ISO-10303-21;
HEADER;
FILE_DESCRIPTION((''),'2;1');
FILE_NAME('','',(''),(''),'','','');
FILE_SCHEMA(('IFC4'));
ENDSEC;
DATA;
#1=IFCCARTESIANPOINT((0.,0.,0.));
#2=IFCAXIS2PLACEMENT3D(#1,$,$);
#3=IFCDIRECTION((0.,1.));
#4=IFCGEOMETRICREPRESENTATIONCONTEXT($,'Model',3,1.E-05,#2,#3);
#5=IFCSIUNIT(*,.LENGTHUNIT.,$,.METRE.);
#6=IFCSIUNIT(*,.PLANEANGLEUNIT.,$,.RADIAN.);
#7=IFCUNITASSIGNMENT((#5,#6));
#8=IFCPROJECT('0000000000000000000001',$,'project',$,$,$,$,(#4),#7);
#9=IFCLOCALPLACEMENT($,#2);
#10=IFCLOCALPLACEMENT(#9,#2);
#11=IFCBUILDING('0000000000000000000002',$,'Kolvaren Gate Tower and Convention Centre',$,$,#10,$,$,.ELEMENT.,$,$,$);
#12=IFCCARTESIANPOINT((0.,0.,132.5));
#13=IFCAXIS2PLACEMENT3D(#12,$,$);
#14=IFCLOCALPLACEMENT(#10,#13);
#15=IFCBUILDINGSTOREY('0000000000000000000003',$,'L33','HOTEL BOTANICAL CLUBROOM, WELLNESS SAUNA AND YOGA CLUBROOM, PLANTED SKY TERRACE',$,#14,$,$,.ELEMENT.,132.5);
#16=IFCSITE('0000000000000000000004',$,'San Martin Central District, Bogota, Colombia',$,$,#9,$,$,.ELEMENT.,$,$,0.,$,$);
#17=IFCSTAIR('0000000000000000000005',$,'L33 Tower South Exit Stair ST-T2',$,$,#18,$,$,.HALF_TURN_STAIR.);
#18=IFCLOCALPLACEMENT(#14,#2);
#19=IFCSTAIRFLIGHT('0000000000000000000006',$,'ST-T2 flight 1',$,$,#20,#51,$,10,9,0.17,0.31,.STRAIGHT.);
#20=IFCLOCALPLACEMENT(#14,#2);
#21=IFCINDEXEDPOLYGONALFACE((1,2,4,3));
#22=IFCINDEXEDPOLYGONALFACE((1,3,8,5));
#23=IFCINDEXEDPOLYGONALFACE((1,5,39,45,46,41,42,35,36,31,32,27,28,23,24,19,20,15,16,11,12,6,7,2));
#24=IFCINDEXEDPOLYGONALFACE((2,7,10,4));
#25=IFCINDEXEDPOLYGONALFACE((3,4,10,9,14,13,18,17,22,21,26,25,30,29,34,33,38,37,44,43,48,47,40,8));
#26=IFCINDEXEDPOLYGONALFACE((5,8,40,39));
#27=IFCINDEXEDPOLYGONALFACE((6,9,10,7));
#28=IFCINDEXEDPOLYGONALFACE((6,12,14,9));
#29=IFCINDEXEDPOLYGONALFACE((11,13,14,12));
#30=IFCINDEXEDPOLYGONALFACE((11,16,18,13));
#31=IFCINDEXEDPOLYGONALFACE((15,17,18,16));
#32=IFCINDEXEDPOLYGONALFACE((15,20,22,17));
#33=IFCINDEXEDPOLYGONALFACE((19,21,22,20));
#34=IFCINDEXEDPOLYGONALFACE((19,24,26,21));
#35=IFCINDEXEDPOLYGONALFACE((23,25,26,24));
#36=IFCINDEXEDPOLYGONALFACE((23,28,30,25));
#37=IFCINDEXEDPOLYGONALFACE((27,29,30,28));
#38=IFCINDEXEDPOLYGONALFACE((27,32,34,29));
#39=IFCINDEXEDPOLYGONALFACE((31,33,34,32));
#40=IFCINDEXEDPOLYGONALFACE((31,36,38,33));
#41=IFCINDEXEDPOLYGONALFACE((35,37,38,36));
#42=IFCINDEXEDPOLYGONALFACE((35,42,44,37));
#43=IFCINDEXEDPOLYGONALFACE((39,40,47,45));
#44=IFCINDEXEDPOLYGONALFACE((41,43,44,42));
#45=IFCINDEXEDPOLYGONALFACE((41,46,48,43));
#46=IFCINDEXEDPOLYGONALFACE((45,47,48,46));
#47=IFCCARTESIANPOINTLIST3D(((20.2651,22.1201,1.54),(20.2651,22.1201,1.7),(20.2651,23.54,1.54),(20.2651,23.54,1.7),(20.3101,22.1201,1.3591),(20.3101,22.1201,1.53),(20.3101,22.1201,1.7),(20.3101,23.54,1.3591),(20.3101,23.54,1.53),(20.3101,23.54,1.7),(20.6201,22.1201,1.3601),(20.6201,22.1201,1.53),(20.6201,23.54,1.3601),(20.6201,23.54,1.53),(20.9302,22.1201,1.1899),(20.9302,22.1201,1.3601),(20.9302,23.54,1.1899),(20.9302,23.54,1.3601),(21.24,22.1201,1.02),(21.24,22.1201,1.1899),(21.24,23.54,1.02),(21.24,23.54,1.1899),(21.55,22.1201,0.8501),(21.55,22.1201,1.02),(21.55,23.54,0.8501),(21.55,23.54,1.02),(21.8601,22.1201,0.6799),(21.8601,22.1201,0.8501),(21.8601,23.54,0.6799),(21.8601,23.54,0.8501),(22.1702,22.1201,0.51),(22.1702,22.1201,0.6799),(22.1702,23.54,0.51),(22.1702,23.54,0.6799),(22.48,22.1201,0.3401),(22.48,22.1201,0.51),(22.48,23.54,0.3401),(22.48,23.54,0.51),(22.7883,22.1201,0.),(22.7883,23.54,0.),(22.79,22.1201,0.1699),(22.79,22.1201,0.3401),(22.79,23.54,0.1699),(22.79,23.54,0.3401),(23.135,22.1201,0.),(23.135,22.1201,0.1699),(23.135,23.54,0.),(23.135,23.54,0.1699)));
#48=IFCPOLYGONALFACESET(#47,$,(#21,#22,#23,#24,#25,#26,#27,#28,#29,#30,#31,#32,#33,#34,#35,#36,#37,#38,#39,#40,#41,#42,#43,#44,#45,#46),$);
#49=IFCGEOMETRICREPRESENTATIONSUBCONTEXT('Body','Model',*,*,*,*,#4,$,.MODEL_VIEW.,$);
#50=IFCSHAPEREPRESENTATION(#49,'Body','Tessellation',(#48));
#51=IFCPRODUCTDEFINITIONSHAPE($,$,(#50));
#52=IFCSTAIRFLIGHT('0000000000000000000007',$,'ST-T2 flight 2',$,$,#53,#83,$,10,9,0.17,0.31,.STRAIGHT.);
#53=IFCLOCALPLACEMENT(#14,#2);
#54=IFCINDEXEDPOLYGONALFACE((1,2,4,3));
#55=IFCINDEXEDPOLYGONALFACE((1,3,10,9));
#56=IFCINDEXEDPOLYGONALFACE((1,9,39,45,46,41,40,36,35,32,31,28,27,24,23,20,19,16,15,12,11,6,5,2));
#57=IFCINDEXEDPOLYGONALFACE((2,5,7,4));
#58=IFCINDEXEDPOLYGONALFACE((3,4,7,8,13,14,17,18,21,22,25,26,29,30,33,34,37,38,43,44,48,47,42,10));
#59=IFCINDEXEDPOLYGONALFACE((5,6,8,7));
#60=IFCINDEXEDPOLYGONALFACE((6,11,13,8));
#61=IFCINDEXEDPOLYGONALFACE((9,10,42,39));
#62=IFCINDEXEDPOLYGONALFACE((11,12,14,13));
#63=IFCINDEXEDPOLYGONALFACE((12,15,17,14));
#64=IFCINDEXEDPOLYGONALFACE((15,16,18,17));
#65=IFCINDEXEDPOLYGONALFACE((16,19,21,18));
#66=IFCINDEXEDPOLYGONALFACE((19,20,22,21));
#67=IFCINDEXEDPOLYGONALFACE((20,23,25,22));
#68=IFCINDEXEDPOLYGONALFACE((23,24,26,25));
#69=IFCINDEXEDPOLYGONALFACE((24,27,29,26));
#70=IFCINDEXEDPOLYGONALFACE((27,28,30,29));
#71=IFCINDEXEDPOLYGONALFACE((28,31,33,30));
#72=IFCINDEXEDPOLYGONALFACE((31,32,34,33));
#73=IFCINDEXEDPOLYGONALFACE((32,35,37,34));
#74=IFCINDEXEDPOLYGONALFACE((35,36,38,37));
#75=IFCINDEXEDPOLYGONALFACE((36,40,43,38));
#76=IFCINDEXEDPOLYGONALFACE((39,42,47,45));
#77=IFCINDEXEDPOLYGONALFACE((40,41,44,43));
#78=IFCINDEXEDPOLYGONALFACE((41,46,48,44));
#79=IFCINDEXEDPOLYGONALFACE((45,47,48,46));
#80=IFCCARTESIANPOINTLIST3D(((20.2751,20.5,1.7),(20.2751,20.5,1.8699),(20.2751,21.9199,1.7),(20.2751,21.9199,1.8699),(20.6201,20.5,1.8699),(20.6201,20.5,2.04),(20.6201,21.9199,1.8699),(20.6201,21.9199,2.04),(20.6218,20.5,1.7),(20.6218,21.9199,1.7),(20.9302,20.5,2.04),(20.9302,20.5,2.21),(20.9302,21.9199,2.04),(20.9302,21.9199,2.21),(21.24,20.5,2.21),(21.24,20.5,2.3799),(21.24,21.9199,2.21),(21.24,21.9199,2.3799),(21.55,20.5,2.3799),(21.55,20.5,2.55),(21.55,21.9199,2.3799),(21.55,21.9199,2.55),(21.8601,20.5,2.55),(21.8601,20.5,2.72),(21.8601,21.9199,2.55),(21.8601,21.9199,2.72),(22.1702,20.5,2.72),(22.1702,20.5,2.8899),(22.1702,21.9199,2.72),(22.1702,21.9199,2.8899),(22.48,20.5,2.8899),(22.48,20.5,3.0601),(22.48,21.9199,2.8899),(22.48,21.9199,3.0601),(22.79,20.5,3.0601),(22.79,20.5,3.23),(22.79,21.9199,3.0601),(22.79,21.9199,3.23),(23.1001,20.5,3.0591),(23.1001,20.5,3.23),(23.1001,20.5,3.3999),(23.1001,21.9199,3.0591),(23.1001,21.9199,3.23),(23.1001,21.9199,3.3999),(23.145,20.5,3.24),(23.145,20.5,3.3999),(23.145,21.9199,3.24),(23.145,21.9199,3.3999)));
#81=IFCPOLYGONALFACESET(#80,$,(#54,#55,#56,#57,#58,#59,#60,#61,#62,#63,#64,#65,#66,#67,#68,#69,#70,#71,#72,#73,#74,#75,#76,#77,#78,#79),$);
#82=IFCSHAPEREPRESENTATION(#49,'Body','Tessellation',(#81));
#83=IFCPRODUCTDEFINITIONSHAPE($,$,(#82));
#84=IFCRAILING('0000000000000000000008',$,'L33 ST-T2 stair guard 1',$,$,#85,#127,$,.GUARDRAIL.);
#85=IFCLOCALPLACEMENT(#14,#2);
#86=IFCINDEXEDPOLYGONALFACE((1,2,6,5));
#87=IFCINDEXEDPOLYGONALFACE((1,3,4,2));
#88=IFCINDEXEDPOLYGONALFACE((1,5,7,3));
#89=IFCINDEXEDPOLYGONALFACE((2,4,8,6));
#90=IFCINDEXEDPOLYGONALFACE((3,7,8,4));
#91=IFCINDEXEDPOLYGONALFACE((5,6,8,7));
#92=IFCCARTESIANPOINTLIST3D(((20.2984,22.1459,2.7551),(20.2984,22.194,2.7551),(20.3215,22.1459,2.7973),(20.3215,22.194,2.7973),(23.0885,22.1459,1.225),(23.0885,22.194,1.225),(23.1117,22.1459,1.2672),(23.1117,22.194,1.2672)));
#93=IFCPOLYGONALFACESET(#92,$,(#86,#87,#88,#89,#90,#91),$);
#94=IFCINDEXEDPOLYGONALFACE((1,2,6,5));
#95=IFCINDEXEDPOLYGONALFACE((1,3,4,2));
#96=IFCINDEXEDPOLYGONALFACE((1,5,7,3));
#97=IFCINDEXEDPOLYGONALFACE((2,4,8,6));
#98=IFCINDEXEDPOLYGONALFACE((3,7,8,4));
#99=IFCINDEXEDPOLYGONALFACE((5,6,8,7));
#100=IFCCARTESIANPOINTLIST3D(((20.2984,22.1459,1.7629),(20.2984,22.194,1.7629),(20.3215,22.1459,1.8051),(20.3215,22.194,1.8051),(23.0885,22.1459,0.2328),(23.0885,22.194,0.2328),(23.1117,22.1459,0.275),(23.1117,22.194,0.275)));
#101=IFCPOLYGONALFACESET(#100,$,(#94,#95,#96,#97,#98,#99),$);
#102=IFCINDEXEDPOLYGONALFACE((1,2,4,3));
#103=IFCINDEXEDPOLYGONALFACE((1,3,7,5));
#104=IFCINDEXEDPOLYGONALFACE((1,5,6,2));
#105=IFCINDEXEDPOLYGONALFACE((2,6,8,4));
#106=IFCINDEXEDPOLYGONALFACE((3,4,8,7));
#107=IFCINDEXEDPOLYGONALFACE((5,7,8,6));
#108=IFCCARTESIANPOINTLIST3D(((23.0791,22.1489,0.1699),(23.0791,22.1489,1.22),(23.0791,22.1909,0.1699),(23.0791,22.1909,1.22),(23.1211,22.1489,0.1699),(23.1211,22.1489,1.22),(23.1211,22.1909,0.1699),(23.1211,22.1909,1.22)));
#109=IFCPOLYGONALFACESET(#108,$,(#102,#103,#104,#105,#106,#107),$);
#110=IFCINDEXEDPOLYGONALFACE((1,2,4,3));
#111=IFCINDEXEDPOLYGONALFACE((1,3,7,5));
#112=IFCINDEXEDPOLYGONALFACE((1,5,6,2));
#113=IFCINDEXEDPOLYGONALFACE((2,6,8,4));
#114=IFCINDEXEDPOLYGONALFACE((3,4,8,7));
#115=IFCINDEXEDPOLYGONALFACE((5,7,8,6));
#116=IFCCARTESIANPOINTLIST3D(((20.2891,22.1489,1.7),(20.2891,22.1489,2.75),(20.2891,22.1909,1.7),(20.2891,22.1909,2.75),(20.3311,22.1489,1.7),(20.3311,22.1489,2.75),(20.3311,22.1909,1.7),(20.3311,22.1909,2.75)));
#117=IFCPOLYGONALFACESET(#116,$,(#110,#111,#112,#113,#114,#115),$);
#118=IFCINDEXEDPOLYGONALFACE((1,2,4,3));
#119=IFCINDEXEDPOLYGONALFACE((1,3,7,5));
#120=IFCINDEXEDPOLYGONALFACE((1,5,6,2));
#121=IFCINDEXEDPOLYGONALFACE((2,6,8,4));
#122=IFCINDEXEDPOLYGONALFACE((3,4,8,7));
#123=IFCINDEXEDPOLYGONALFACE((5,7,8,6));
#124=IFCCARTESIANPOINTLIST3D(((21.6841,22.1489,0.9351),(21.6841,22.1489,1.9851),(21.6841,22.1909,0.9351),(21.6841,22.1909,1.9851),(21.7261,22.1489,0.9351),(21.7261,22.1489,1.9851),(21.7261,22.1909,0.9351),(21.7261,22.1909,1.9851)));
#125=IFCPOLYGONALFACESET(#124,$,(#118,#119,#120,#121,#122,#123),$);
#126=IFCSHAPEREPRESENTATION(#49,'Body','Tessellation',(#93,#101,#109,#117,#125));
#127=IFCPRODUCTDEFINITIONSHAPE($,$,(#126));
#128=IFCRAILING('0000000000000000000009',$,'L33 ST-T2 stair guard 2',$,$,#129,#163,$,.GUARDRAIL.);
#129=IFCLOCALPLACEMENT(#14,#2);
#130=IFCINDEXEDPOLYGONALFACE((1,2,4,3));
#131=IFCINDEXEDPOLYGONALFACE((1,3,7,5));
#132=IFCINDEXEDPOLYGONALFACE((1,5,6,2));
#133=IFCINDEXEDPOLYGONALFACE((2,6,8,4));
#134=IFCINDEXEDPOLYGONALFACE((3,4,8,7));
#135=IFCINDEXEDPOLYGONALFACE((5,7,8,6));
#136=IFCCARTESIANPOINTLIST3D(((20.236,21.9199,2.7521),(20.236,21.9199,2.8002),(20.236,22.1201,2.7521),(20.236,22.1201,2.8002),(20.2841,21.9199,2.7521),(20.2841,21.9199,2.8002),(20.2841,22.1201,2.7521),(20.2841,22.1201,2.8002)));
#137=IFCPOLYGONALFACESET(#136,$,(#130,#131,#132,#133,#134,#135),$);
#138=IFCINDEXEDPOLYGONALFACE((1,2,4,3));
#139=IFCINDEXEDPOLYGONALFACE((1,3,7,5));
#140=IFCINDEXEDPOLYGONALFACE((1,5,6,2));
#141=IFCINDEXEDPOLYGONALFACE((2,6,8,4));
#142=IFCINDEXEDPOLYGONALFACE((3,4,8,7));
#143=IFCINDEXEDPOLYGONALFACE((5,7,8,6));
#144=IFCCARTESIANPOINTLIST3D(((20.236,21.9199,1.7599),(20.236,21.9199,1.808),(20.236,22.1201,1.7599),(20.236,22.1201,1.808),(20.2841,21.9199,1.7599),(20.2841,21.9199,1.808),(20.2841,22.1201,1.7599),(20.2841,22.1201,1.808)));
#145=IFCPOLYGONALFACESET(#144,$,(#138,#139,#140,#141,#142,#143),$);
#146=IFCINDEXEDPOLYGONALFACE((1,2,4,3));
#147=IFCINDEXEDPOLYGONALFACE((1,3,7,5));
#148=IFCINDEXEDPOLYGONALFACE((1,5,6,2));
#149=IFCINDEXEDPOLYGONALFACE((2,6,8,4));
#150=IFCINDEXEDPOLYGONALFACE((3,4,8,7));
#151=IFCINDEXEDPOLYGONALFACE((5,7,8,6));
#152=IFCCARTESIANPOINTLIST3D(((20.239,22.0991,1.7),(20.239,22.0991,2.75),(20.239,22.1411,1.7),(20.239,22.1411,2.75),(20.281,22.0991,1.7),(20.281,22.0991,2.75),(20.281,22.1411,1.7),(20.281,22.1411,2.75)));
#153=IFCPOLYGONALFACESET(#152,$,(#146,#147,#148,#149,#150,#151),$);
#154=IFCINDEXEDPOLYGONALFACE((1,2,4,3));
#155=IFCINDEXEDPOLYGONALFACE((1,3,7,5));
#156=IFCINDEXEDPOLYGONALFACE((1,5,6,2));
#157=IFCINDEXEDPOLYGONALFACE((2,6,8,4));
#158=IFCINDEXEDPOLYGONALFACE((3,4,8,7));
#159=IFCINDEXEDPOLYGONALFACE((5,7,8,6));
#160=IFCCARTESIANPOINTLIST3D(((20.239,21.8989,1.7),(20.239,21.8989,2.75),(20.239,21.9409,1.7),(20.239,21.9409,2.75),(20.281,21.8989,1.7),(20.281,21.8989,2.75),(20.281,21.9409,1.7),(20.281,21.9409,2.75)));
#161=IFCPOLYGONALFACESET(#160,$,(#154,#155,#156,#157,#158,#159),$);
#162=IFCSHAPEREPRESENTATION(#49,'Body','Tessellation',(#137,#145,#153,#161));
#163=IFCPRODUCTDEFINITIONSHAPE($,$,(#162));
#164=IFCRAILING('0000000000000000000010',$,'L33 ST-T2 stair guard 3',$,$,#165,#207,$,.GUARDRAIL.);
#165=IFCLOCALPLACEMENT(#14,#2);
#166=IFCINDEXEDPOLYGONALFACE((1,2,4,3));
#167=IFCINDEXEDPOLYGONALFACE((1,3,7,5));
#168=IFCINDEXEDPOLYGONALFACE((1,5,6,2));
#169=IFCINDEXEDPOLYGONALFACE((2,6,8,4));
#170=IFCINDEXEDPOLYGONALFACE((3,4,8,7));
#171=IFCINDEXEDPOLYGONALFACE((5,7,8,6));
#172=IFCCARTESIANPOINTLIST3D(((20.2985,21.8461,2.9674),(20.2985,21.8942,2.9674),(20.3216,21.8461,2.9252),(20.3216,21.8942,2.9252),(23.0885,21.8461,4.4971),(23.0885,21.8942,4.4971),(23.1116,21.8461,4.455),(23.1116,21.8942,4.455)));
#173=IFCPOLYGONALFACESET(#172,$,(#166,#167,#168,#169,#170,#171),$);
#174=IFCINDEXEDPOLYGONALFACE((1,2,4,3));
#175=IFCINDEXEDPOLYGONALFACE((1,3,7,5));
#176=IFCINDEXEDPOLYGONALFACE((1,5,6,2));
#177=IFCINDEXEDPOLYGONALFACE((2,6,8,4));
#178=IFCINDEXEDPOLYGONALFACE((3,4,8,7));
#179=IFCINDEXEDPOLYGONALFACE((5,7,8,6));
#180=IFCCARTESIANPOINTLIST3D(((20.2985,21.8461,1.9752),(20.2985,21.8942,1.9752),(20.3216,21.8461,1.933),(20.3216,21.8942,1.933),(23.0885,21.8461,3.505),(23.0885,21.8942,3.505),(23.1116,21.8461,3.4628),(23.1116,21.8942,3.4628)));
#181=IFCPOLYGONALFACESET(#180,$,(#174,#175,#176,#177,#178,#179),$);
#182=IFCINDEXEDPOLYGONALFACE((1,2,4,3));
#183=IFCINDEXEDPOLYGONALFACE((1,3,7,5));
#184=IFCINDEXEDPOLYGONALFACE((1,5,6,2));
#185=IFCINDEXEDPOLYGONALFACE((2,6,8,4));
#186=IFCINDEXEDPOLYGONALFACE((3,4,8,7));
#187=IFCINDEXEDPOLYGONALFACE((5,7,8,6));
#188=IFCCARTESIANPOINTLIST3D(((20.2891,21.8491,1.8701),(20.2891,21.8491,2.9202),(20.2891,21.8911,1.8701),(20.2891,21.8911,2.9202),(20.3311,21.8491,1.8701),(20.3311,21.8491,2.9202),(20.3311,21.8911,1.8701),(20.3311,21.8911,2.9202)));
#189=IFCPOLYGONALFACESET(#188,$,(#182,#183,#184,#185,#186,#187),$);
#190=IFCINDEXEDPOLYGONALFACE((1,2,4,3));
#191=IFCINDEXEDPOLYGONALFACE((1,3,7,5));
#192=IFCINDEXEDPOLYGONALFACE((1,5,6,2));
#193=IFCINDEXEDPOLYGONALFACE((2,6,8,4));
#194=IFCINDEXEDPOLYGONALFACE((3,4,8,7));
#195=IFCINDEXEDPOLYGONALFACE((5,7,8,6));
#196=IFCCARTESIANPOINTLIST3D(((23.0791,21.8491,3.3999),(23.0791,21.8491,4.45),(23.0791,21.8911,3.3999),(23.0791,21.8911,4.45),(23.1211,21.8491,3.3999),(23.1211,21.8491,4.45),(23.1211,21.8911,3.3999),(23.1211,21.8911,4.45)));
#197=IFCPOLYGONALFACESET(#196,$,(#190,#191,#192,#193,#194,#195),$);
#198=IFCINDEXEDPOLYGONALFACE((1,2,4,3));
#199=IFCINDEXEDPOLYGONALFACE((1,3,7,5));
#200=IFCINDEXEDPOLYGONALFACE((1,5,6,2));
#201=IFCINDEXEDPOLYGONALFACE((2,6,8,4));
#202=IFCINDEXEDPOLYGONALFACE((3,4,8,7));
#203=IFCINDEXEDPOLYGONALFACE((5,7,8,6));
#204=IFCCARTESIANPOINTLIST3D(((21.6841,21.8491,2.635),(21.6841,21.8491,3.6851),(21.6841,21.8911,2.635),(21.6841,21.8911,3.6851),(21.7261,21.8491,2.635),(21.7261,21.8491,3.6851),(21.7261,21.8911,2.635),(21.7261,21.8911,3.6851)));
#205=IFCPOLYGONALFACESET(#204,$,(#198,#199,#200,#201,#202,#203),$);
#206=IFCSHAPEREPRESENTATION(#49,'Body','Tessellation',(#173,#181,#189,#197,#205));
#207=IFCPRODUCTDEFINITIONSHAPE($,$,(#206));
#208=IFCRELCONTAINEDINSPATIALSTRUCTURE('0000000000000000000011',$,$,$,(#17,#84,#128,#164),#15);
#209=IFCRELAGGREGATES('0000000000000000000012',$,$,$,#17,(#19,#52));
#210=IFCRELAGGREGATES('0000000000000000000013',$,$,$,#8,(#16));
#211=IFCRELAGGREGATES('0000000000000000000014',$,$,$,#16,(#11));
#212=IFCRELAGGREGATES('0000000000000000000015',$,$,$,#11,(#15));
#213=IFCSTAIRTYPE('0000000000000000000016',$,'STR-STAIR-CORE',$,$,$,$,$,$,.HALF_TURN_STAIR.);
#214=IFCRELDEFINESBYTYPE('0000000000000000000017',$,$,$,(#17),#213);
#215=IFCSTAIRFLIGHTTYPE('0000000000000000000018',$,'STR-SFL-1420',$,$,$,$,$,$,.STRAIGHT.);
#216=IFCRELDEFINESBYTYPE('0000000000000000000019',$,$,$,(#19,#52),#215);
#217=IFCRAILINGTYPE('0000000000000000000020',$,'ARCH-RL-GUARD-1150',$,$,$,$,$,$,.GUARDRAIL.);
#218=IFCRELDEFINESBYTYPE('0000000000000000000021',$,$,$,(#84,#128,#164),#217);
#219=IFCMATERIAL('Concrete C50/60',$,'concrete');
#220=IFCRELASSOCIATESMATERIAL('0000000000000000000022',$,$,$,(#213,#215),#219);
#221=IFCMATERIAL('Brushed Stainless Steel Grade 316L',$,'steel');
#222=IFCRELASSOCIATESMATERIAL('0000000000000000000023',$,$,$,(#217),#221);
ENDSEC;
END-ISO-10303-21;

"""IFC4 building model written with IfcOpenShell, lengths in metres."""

from ifc_helpers import new_model, si_unit, direction, frame, origin, origin_2d, place, context, subcontext, project, spatial, polyline, rectangle, outline, extrude, material, type_object, element, aggregate, save


model = new_model("IFC4")

# Units and contexts
model_context = context("Model", 3, precision=1e-05, world=origin(), true_north=direction((0.0, 1.0)))
body_context = subcontext(model_context, "Body", "Model", "MODEL_VIEW")
ifc_project = project(units=[si_unit("LENGTHUNIT", "METRE"), si_unit("PLANEANGLEUNIT", "RADIAN")], contexts=[model_context])

# Site, building, storey
site_placement = place(None, origin())
site = spatial("IfcSite", under=ifc_project, at=site_placement, Name="San Martin Central District, Bogota, Colombia", CompositionType="ELEMENT", RefElevation=0.0)
building_placement = place(site_placement, origin())
building = spatial("IfcBuilding", under=site, at=building_placement, Name="Kolvaren Gate Tower and Convention Centre", CompositionType="ELEMENT")
storey_placement = place(building_placement, frame((0.0, 0.0, 132.5)))
storey = spatial("IfcBuildingStorey", under=building, at=storey_placement, Name="L33", Description="HOTEL BOTANICAL CLUBROOM, WELLNESS SAUNA AND YOGA CLUBROOM, PLANTED SKY TERRACE", CompositionType="ELEMENT", Elevation=132.5)

# Shared definitions
ifc_material_1 = material(Name="Brushed Stainless Steel Grade 316L", Category="steel")

# Shared definitions
ifc_material_2 = material(Name="Concrete C50/60", Category="concrete")

# Stair, stair flights
stair_type = type_object("IfcStairType", Name="STR-STAIR-CORE", PredefinedType="HALF_TURN_STAIR", material=ifc_material_2)
stair_placement = place(storey_placement, origin())
stair = element("IfcStair", 1, at=stair_placement, inside=storey, type_object=stair_type, Name="L33 Tower South Exit Stair ST-T2", PredefinedType="HALF_TURN_STAIR")
stair_flight_type = type_object("IfcStairFlightType", Name="STR-SFL-1420", PredefinedType="STRAIGHT", material=ifc_material_2)
stair_flight_1_placement = place(storey_placement, frame((23.1001, 22.8301, 0.0), z_axis=(0.0, 0.0, 1.0), x_axis=(-1.0, 0.0, 0.0)))
stair_flight_1 = element("IfcStairFlight", 2, at=stair_flight_1_placement, type_object=stair_flight_type, Name="ST-T2 flight 1", NumberOfRisers=10, NumberOfTreads=9, PredefinedType="STRAIGHT", RiserHeight=0.17, TreadLength=0.31, context=body_context, shape_type="SweptSolid", body=[
    extrude(outline(polyline([(-0.0349, 0.0), (-0.0349, 0.1699), (0.3101, 0.1699), (0.3101, 0.3401), (0.6201, 0.3401), (0.6201, 0.51), (0.9299, 0.51), (0.9299, 0.6799), (1.24, 0.6799), (1.24, 0.8501), (1.55, 0.8501), (1.55, 1.02), (1.8601, 1.02), (1.8601, 1.1899), (2.1699, 1.1899), (2.1699, 1.3601), (2.48, 1.3601), (2.48, 1.53), (2.79, 1.53), (2.79, 1.7), (2.835, 1.7), (2.835, 1.54), (2.79, 1.3591), (0.3118, 0.0), (-0.0349, 0.0)])), frame((0.0, 0.71, 0.0), z_axis=(0.0, -1.0, 0.0), x_axis=(1.0, 0.0, 0.0)), (0.0, 0.0, 1.0), 1.4199),
])
stair_flight_2_placement = place(storey_placement, frame((20.3101, 21.21, 1.7), z_axis=(0.0, 0.0, 1.0), x_axis=(1.0, 0.0, 0.0)))
stair_flight_2 = element("IfcStairFlight", 3, at=stair_flight_2_placement, type_object=stair_flight_type, Name="ST-T2 flight 2", NumberOfRisers=10, NumberOfTreads=9, PredefinedType="STRAIGHT", RiserHeight=0.17, TreadLength=0.31, context=body_context, shape_type="SweptSolid", body=[
    extrude(outline(polyline([(-0.0349, 0.0), (-0.0349, 0.1699), (0.3101, 0.1699), (0.3101, 0.3401), (0.6201, 0.3401), (0.6201, 0.51), (0.9299, 0.51), (0.9299, 0.6799), (1.24, 0.6799), (1.24, 0.8501), (1.55, 0.8501), (1.55, 1.02), (1.8601, 1.02), (1.8601, 1.1899), (2.1699, 1.1899), (2.1699, 1.3601), (2.48, 1.3601), (2.48, 1.53), (2.79, 1.53), (2.79, 1.7), (2.835, 1.7), (2.835, 1.54), (2.79, 1.3591), (0.3118, 0.0), (-0.0349, 0.0)])), frame((0.0, 0.71, 0.0), z_axis=(0.0, -1.0, 0.0), x_axis=(1.0, 0.0, 0.0)), (0.0, 0.0, 1.0), 1.4199),
])
aggregate(stair, [stair_flight_1, stair_flight_2])

# Railings
railing_type_1 = type_object("IfcRailingType", Name="ARCH-RL-GUARD-1150", PredefinedType="GUARDRAIL", material=ifc_material_1)
railing_1_placement = place(storey_placement, frame((23.1001, 22.1699, 0.1699)))
element("IfcRailing", 4, at=railing_1_placement, inside=storey, type_object=railing_type_1, Name="L33 ST-T2 stair guard 1", PredefinedType="GUARDRAIL", context=body_context, shape_type="SweptSolid", body=[
    extrude(rectangle(XDim=0.0481, YDim=0.0481, at=origin_2d()), frame((0.0, 0.0, 1.0762), z_axis=(-0.876811, 0.0, 0.480835), x_axis=(0.0, -1.0, 0.0)), (0.0, 0.0, 1.0), 3.1821),
    extrude(rectangle(XDim=0.0481, YDim=0.0481, at=origin_2d()), frame((0.0, 0.0, 0.084), z_axis=(-0.876811, 0.0, 0.480835), x_axis=(0.0, -1.0, 0.0)), (0.0, 0.0, 1.0), 3.1821),
    extrude(rectangle(XDim=0.042, YDim=0.042, at=origin_2d()), origin(), (0.0, 0.0, 1.0), 1.05),
    extrude(rectangle(XDim=0.042, YDim=0.042, at=origin_2d()), frame((-2.79, 0.0, 1.53)), (0.0, 0.0, 1.0), 1.05),
    extrude(rectangle(XDim=0.042, YDim=0.042, at=origin_2d()), frame((-1.395, 0.0, 0.7651)), (0.0, 0.0, 1.0), 1.05),
])
railing_2_placement = place(storey_placement, frame((20.26, 22.1201, 1.7)))
element("IfcRailing", 5, at=railing_2_placement, inside=storey, type_object=railing_type_1, Name="L33 ST-T2 stair guard 2", PredefinedType="GUARDRAIL", context=body_context, shape_type="SweptSolid", body=[
    extrude(rectangle(XDim=0.0481, YDim=0.0481, at=origin_2d()), frame((0.0, 0.0, 1.0762), z_axis=(0.0, -1.0, 0.0), x_axis=(1.0, 0.0, 0.0)), (0.0, 0.0, 1.0), 0.2002),
    extrude(rectangle(XDim=0.0481, YDim=0.0481, at=origin_2d()), frame((0.0, 0.0, 0.084), z_axis=(0.0, -1.0, 0.0), x_axis=(1.0, 0.0, 0.0)), (0.0, 0.0, 1.0), 0.2002),
    extrude(rectangle(XDim=0.042, YDim=0.042, at=origin_2d()), origin(), (0.0, 0.0, 1.0), 1.05),
    extrude(rectangle(XDim=0.042, YDim=0.042, at=origin_2d()), frame((0.0, -0.2002, 0.0)), (0.0, 0.0, 1.0), 1.05),
])
railing_3_placement = place(storey_placement, frame((20.3101, 21.8701, 1.8701)))
element("IfcRailing", 6, at=railing_3_placement, inside=storey, type_object=railing_type_1, Name="L33 ST-T2 stair guard 3", PredefinedType="GUARDRAIL", context=body_context, shape_type="SweptSolid", body=[
    extrude(rectangle(XDim=0.0481, YDim=0.0481, at=origin_2d()), frame((0.0, 0.0, 1.0762), z_axis=(0.876844, 0.0, 0.480776), x_axis=(0.0, 1.0, 0.0)), (0.0, 0.0, 1.0), 3.1819),
    extrude(rectangle(XDim=0.0481, YDim=0.0481, at=origin_2d()), frame((0.0, 0.0, 0.084), z_axis=(0.876844, 0.0, 0.480776), x_axis=(0.0, 1.0, 0.0)), (0.0, 0.0, 1.0), 3.1819),
    extrude(rectangle(XDim=0.042, YDim=0.042, at=origin_2d()), origin(), (0.0, 0.0, 1.0), 1.05),
    extrude(rectangle(XDim=0.042, YDim=0.042, at=origin_2d()), frame((2.79, 0.0, 1.5298)), (0.0, 0.0, 1.0), 1.05),
    extrude(rectangle(XDim=0.042, YDim=0.042, at=origin_2d()), frame((1.395, 0.0, 0.7649)), (0.0, 0.0, 1.0), 1.05),
])

save(model, "model.ifc")
